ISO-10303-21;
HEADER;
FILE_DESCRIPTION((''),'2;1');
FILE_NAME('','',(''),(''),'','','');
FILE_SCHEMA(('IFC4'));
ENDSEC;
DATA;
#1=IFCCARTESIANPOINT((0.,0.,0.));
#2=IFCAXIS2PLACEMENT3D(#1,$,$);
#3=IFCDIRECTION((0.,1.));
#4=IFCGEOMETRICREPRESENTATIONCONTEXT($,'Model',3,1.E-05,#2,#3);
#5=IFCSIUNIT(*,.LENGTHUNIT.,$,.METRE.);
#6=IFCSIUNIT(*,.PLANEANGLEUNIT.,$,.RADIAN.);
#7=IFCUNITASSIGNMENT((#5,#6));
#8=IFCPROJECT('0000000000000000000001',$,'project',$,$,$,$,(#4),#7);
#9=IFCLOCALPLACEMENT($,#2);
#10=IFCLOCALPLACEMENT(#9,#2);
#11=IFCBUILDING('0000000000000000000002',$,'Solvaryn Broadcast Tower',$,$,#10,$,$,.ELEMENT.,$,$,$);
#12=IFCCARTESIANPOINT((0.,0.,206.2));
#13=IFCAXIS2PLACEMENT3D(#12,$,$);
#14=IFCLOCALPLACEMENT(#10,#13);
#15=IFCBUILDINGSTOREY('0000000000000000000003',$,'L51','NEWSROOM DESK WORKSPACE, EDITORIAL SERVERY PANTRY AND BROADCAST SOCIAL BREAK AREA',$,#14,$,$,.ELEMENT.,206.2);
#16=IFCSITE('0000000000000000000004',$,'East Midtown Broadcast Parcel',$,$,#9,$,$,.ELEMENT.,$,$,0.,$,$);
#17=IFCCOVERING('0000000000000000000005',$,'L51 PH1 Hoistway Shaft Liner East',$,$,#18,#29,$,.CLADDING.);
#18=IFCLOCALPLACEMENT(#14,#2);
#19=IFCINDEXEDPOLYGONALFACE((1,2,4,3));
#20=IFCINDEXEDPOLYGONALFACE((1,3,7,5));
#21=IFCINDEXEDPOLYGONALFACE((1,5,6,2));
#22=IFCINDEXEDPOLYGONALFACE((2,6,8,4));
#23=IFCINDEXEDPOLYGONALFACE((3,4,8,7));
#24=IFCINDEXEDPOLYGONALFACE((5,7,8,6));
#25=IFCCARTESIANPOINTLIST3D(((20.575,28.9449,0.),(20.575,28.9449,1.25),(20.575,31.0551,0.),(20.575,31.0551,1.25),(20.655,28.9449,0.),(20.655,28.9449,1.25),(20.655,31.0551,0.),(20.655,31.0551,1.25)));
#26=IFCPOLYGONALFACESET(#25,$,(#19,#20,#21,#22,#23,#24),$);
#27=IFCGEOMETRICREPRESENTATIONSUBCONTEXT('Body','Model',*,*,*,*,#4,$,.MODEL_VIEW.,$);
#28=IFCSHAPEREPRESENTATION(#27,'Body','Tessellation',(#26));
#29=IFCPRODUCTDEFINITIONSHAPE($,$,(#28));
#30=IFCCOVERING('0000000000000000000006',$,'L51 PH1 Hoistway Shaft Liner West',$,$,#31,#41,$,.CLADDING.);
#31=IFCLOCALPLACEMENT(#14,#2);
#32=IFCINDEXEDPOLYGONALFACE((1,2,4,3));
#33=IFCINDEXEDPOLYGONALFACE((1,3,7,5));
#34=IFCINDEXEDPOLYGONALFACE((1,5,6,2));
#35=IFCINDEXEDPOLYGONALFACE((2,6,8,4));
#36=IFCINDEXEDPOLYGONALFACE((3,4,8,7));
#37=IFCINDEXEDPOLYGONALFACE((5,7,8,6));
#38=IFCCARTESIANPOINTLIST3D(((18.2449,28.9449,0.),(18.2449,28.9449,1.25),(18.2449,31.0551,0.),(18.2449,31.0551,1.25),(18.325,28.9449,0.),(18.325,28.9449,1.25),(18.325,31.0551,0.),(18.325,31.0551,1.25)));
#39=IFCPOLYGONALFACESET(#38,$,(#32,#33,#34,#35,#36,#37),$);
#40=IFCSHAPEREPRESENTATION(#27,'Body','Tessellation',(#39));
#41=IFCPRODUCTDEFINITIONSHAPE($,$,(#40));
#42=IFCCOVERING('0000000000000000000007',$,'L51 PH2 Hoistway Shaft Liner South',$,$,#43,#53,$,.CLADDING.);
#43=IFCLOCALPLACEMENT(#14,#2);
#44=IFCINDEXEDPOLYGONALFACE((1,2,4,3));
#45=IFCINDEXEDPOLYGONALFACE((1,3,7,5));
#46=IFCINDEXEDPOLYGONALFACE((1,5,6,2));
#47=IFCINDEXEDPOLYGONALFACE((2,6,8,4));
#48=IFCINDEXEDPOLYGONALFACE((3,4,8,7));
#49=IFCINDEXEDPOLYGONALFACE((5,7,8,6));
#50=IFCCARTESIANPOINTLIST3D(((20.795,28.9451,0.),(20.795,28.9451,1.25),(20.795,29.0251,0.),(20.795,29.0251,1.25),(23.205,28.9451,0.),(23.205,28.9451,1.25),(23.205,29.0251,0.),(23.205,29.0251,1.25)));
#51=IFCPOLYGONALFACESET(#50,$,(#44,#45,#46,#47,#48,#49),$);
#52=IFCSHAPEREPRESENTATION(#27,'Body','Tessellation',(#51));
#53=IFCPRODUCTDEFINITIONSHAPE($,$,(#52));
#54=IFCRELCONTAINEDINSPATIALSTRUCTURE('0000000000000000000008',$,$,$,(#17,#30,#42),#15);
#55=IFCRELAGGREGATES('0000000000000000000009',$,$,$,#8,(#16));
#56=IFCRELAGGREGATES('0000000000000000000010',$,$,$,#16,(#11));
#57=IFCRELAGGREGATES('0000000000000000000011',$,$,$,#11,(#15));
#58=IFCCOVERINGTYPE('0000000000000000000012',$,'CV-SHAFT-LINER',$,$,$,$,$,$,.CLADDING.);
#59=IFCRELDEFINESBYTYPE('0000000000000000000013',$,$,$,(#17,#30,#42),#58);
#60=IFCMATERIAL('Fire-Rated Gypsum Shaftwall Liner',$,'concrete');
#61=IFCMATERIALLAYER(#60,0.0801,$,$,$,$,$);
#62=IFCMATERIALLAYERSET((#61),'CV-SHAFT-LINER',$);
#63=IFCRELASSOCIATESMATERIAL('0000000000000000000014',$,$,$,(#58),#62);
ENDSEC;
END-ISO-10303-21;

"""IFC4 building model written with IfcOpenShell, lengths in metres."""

from ifc_helpers import new_model, si_unit, direction, frame, origin, origin_2d, place, context, subcontext, project, spatial, rectangle, extrude, material, layer, layer_set, type_object, element, save


model = new_model("IFC4")

# Units and contexts
model_context = context("Model", 3, precision=1e-05, world=origin(), true_north=direction((0.0, 1.0)))
body_context = subcontext(model_context, "Body", "Model", "MODEL_VIEW")
ifc_project = project(units=[si_unit("LENGTHUNIT", "METRE"), si_unit("PLANEANGLEUNIT", "RADIAN")], contexts=[model_context])

# Site, building, storey
site_placement = place(None, origin())
site = spatial("IfcSite", under=ifc_project, at=site_placement, Name="East Midtown Broadcast Parcel", CompositionType="ELEMENT", RefElevation=0.0)
building_placement = place(site_placement, origin())
building = spatial("IfcBuilding", under=site, at=building_placement, Name="Solvaryn Broadcast Tower", CompositionType="ELEMENT")
storey_placement = place(building_placement, frame((0.0, 0.0, 206.2)))
storey = spatial("IfcBuildingStorey", under=building, at=storey_placement, Name="L51", Description="NEWSROOM DESK WORKSPACE, EDITORIAL SERVERY PANTRY AND BROADCAST SOCIAL BREAK AREA", CompositionType="ELEMENT", Elevation=206.2)

# Coverings
ifc_material_1 = material(Name="Fire-Rated Gypsum Shaftwall Liner", Category="concrete")
ifc_layer_1 = layer(ifc_material_1, 0.0801)
ifc_layer_set_1 = layer_set([ifc_layer_1], Name="CV-SHAFT-LINER")
covering_type = type_object("IfcCoveringType", Name="CV-SHAFT-LINER", PredefinedType="CLADDING", material=ifc_layer_set_1)
for number, where, z_axis, x_axis, name in (
    (1, (20.615, 30.0, 0.0), (0.0, 0.0, 1.0), (1.0, 0.0, 0.0), "L51 PH1 Hoistway Shaft Liner East"),
    (2, (18.2849, 30.0, 0.0), (0.0, 0.0, 1.0), (1.0, 0.0, 0.0), "L51 PH1 Hoistway Shaft Liner West"),
):
    element("IfcCovering", number, at=place(storey_placement, frame(where, z_axis=z_axis, x_axis=x_axis)), inside=storey, type_object=covering_type, Name=name, PredefinedType="CLADDING", context=body_context, shape_type="SweptSolid", body=[
        extrude(rectangle(XDim=0.0801, YDim=2.1101, at=origin_2d()), origin(), (0.0, 0.0, 1.0), 1.25),
    ])
covering_1_placement = place(storey_placement, frame((22.0, 28.9851, 0.0), z_axis=(0.0, 0.0, 1.0), x_axis=(1.0, 0.0, 0.0)))
element("IfcCovering", 3, at=covering_1_placement, inside=storey, type_object=covering_type, Name="L51 PH2 Hoistway Shaft Liner South", PredefinedType="CLADDING", context=body_context, shape_type="SweptSolid", body=[
    extrude(rectangle(XDim=2.4099, YDim=0.0801, at=origin_2d()), origin(), (0.0, 0.0, 1.0), 1.25),
])

save(model, "model.ifc")
